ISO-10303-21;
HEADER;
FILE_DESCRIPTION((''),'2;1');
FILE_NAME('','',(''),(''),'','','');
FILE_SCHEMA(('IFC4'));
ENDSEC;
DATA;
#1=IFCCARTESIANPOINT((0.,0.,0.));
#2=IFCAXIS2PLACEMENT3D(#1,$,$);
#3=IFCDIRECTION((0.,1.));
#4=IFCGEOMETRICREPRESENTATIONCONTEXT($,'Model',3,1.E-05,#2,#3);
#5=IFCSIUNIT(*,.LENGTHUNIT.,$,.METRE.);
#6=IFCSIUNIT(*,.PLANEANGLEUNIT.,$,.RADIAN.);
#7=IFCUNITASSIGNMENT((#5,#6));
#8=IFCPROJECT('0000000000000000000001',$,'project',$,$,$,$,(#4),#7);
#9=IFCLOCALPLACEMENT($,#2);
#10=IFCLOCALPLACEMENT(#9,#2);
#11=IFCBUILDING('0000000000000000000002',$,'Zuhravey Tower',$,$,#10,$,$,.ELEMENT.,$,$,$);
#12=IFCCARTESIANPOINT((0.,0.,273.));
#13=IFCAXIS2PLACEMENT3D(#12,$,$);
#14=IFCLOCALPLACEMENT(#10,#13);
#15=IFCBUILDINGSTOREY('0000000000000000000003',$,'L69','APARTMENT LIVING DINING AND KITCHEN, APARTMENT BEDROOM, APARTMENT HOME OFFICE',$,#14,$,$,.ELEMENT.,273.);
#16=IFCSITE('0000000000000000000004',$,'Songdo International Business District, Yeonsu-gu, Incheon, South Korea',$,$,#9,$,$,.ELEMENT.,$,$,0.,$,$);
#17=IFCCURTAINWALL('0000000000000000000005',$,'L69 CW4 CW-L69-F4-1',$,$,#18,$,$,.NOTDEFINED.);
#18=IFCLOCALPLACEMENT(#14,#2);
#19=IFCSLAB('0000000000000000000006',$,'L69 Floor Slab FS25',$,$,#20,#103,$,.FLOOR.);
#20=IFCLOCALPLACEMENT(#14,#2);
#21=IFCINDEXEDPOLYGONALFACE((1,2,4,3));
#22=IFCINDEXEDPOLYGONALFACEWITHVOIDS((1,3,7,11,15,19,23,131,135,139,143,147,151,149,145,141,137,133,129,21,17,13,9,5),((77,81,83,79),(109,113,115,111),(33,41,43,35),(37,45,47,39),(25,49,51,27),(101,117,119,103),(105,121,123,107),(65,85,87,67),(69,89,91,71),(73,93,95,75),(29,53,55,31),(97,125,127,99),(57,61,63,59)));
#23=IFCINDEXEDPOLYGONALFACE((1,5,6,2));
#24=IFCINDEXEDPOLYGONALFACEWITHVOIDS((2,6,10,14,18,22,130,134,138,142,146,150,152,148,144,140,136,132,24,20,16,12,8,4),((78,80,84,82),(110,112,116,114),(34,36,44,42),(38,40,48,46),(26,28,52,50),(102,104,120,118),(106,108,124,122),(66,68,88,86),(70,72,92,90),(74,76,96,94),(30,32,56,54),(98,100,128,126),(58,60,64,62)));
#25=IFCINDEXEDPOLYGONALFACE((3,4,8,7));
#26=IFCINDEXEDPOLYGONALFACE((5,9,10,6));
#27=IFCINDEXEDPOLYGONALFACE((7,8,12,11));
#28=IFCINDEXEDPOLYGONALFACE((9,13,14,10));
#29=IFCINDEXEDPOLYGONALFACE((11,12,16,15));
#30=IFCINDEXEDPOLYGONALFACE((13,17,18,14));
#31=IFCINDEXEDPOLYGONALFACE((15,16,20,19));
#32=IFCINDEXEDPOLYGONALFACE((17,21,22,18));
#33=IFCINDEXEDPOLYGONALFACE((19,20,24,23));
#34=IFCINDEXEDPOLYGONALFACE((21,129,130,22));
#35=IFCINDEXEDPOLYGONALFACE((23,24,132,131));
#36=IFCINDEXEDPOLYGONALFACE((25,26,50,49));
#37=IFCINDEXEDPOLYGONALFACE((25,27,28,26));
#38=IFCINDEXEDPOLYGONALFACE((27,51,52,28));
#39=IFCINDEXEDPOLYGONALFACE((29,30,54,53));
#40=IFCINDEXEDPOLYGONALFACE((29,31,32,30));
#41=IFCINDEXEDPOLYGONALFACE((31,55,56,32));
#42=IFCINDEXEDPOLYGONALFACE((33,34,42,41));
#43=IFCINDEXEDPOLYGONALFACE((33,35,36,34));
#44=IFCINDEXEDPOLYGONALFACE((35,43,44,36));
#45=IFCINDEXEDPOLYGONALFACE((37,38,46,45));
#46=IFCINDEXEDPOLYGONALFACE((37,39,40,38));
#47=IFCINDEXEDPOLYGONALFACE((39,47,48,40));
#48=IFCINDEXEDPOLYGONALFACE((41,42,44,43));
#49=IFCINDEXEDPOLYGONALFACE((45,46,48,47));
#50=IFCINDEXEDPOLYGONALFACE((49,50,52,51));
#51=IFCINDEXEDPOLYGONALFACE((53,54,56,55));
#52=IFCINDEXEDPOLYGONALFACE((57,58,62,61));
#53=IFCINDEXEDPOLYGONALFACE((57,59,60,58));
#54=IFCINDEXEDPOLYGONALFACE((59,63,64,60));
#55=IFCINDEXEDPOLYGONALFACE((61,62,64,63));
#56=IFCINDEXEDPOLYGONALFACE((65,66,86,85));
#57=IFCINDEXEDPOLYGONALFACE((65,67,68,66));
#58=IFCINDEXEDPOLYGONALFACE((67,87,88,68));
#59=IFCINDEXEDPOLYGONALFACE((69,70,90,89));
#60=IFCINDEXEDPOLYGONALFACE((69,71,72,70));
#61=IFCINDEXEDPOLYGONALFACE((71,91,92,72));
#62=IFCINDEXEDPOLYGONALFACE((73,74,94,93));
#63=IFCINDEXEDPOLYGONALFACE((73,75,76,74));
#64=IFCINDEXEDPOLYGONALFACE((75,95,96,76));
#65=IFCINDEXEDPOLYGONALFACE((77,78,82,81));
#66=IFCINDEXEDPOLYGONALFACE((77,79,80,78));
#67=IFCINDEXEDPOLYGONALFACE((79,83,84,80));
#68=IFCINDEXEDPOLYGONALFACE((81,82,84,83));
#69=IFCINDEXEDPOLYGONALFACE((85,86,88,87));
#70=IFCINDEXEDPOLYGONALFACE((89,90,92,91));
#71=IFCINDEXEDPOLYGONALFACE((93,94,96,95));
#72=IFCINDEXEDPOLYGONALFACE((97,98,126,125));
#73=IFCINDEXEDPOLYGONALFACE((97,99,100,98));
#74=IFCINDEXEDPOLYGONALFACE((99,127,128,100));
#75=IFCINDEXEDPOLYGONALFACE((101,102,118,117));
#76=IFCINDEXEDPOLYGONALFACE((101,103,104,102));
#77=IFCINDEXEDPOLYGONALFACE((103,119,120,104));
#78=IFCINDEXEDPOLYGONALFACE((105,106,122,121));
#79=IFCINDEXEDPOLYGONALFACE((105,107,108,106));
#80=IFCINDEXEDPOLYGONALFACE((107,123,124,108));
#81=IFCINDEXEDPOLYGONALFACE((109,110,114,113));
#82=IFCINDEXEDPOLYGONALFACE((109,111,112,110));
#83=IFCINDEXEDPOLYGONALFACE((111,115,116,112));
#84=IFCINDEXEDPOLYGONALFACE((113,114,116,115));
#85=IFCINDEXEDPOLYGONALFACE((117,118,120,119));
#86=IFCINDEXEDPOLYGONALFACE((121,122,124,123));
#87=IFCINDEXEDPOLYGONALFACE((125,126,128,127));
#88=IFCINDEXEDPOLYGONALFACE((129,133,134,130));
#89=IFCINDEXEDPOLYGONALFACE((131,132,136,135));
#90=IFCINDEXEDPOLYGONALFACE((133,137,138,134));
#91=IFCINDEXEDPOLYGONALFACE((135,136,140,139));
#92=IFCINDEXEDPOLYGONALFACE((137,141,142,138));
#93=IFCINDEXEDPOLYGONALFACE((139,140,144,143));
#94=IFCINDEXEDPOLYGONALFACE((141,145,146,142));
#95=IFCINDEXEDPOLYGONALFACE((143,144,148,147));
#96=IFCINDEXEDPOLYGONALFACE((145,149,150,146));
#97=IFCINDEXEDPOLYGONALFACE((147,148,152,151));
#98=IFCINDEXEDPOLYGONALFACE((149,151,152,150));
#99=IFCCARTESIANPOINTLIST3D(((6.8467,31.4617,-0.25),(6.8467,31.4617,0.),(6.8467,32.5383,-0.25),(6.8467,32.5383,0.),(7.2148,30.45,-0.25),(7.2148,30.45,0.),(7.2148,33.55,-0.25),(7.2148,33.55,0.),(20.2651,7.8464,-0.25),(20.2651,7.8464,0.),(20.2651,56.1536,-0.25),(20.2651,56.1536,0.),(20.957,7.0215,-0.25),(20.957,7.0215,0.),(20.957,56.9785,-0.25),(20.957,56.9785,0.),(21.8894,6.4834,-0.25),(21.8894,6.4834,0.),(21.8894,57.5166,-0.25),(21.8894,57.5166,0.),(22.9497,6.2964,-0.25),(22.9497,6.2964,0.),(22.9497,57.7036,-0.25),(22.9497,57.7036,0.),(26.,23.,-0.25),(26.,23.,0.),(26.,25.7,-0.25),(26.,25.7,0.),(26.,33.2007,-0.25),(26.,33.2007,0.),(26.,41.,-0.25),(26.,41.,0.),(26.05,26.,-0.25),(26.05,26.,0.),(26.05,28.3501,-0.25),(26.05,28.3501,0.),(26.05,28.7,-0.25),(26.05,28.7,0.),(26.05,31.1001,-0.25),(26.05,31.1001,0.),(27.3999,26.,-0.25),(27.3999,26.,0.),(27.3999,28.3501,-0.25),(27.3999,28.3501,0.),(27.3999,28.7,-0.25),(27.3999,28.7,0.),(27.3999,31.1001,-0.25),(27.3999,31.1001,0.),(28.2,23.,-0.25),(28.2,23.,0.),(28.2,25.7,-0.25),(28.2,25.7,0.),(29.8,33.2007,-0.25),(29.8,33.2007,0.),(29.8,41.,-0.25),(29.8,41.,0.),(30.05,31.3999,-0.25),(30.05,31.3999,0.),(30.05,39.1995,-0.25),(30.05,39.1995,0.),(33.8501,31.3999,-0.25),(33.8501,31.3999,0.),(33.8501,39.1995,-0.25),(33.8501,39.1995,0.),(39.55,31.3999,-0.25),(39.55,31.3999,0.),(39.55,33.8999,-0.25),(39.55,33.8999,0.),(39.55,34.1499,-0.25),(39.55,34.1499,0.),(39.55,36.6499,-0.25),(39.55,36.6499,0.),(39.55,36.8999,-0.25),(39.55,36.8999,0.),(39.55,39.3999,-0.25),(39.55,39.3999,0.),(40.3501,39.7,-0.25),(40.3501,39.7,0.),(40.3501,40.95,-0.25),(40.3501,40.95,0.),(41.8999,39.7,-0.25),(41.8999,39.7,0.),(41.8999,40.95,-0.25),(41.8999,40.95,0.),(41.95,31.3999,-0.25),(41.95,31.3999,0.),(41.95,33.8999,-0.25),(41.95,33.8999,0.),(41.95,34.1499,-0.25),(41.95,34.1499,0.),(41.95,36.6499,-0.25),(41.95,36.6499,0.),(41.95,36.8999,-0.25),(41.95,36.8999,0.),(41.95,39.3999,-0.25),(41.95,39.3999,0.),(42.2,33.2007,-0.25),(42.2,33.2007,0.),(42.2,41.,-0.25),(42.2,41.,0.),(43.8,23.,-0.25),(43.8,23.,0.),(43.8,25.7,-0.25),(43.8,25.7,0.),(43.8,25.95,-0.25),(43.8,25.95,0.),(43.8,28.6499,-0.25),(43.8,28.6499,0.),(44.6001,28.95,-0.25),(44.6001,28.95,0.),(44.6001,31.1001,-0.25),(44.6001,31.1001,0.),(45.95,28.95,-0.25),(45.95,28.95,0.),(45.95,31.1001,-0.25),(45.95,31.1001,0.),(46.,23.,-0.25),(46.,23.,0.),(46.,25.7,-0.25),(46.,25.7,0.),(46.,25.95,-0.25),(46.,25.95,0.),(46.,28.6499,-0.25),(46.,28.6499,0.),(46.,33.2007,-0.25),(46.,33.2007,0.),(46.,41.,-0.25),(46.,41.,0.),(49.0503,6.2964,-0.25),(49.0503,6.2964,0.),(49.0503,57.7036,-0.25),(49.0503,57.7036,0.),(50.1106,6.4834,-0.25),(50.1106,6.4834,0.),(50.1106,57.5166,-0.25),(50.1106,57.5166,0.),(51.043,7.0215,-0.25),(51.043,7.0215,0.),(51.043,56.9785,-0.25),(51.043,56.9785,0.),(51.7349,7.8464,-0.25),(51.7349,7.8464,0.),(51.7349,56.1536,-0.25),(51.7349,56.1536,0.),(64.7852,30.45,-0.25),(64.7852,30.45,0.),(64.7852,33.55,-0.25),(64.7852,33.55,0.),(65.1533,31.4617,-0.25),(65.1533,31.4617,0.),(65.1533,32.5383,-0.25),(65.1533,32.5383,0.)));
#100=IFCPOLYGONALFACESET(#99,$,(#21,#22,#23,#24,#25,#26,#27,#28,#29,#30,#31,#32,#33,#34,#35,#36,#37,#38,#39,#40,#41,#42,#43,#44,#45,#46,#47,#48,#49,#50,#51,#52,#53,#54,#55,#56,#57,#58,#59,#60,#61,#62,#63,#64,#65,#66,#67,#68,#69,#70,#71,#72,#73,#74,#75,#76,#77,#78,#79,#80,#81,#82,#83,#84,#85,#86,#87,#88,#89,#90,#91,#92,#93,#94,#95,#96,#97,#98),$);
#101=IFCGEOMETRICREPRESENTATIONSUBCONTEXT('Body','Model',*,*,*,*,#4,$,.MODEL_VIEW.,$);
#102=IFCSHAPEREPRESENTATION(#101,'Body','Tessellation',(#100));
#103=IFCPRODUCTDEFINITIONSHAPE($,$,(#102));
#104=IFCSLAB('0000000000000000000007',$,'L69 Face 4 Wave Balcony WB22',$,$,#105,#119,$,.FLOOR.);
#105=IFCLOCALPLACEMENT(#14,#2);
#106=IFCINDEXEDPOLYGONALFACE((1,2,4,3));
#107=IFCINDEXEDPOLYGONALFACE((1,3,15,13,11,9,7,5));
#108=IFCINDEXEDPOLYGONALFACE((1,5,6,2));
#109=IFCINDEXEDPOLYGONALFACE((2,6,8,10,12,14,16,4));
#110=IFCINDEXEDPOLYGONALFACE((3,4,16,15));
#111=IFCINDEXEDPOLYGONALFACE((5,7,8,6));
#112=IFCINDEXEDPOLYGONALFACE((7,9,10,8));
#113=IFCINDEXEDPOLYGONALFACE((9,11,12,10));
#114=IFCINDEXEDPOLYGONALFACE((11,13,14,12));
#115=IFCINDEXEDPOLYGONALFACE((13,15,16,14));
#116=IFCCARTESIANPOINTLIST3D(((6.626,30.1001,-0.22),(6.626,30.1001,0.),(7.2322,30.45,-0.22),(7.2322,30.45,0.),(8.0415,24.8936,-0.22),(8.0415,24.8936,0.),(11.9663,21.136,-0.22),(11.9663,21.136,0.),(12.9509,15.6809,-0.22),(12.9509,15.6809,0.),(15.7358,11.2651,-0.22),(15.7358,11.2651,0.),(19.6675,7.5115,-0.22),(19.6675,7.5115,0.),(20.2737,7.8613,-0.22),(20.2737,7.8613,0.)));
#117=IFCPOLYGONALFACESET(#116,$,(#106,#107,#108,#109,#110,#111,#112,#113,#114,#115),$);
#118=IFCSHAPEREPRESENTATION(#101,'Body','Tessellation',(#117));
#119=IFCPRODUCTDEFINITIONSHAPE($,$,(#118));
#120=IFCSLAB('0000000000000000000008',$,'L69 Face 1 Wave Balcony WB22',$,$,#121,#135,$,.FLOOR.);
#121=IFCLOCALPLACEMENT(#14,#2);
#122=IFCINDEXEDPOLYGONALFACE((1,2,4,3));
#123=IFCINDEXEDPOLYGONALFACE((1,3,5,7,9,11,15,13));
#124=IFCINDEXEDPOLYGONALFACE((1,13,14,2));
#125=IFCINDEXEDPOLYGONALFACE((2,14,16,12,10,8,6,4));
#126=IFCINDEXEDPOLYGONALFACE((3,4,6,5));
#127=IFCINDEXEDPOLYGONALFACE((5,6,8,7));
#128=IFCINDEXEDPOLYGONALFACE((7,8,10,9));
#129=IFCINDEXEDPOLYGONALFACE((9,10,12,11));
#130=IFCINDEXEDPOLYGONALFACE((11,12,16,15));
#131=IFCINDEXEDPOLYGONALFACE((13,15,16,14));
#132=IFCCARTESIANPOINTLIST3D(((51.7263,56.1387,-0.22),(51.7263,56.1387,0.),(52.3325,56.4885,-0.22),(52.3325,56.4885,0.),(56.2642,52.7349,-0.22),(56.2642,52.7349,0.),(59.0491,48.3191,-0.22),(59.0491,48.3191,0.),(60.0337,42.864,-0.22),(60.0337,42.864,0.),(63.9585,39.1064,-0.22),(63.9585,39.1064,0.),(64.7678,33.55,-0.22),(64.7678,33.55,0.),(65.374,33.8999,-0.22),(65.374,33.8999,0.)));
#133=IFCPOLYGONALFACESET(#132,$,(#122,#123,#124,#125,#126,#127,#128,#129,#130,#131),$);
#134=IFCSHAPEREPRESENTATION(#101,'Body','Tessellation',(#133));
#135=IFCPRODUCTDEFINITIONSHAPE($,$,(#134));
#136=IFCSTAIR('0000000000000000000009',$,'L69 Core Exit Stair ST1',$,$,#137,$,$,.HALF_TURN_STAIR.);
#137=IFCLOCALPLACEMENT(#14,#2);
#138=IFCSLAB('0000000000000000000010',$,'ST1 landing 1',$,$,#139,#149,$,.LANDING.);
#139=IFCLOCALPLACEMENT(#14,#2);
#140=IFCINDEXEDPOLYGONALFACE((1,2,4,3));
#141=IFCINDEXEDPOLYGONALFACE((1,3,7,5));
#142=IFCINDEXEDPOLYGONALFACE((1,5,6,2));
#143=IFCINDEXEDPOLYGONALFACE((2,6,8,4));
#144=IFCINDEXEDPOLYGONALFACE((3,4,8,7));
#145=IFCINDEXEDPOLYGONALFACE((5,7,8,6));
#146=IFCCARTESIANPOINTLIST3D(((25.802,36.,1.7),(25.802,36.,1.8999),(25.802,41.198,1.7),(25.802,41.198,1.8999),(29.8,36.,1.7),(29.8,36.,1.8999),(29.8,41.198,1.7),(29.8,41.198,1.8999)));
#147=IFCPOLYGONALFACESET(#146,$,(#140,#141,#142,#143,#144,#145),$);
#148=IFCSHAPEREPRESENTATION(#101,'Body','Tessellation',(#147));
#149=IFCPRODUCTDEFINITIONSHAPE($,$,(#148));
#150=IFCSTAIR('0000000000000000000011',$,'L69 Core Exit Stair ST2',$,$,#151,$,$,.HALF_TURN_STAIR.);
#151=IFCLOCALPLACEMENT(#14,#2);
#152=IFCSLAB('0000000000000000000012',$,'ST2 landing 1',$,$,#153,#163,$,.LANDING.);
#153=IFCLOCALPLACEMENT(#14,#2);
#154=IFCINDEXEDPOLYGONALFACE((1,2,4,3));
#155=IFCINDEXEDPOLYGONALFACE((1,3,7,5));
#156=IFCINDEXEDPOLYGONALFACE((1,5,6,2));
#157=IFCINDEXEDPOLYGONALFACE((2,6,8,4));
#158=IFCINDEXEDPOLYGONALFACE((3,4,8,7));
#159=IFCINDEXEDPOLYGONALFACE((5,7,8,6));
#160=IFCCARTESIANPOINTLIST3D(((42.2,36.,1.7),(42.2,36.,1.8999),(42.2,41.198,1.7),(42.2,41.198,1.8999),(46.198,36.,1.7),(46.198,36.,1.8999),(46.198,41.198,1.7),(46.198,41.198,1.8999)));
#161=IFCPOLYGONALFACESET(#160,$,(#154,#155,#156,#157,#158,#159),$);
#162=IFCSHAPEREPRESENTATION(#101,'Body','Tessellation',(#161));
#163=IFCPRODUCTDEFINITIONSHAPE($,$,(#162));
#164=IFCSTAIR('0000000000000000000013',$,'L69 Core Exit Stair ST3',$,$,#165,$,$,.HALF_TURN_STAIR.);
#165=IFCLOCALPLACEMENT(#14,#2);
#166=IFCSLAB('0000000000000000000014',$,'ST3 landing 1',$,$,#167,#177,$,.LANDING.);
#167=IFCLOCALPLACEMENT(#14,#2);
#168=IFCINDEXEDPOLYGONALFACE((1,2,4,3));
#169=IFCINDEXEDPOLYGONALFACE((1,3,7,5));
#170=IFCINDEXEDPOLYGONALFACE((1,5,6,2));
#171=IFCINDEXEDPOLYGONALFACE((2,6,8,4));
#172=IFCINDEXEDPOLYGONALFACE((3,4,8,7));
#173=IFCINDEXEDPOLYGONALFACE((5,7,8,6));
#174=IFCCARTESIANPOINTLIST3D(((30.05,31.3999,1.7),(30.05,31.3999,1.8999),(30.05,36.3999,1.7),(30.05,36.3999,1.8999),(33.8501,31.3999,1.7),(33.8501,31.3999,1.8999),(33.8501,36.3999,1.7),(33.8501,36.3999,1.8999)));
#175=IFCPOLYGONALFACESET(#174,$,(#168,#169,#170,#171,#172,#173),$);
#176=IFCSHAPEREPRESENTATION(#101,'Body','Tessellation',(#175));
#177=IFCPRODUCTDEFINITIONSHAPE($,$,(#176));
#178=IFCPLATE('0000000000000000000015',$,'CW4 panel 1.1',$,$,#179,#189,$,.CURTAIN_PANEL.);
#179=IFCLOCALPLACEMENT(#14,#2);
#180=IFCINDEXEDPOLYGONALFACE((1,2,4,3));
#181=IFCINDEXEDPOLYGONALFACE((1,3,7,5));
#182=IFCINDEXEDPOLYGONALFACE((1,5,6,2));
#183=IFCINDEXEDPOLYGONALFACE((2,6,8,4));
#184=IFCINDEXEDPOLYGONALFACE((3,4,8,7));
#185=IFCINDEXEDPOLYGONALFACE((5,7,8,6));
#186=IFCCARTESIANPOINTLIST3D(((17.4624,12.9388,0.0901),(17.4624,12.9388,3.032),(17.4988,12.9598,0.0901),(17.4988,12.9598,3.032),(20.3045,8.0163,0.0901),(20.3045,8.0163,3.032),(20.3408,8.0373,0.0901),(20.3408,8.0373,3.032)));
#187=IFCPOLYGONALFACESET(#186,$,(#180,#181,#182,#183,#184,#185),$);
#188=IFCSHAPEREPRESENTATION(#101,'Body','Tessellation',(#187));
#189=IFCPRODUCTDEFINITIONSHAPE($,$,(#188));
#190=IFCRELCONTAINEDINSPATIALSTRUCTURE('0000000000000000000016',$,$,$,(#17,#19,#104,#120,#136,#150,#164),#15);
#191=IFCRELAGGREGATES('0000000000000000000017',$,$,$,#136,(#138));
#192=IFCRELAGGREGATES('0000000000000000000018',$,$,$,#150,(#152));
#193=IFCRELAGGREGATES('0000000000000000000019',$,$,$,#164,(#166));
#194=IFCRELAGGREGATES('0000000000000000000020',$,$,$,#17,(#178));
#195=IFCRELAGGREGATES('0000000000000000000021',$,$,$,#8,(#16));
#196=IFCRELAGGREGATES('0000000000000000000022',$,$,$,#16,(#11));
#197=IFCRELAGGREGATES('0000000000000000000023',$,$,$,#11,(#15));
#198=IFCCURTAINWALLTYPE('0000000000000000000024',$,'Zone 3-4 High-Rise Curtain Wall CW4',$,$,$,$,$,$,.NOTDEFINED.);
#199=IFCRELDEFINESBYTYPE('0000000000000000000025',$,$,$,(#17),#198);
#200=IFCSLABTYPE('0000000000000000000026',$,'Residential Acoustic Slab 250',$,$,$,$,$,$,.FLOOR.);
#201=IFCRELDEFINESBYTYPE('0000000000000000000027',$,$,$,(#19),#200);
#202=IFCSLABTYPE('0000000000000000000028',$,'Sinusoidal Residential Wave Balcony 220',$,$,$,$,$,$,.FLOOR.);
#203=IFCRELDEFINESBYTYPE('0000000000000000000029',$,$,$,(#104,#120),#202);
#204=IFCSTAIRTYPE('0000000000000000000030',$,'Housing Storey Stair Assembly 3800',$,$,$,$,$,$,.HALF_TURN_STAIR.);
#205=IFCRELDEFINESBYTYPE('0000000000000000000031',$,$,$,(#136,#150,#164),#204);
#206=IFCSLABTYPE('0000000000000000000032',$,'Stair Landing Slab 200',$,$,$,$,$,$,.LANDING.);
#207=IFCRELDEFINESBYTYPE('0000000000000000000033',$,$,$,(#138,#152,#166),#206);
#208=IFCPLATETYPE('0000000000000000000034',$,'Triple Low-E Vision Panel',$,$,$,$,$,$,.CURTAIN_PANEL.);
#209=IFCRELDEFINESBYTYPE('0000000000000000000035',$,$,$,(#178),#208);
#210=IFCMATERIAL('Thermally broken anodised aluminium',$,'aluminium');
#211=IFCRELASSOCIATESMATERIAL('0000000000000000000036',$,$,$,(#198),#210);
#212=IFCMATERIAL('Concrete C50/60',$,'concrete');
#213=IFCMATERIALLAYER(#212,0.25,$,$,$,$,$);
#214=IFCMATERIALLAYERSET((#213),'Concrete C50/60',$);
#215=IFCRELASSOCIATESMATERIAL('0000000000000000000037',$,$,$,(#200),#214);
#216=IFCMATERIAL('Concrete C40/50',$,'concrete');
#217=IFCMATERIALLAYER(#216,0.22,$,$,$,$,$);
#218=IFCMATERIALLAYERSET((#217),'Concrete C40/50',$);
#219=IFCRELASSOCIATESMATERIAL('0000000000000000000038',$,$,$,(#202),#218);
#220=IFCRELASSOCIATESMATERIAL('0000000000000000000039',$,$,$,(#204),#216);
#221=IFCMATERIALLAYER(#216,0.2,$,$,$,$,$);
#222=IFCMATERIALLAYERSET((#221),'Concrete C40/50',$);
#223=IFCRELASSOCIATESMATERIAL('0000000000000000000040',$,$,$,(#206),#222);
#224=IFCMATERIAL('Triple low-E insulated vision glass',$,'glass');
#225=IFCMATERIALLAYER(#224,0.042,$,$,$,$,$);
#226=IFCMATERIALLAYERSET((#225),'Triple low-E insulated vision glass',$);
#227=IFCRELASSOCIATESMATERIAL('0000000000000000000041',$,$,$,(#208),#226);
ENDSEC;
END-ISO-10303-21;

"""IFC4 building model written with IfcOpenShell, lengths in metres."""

from ifc_helpers import new_model, si_unit, direction, frame, origin, origin_2d, place, context, subcontext, project, spatial, polyline, rectangle, outline, extrude, material, layer, layer_set, type_object, element, aggregate, save


model = new_model("IFC4")

# Units and contexts
model_context = context("Model", 3, precision=1e-05, world=origin(), true_north=direction((0.0, 1.0)))
body_context = subcontext(model_context, "Body", "Model", "MODEL_VIEW")
ifc_project = project(units=[si_unit("LENGTHUNIT", "METRE"), si_unit("PLANEANGLEUNIT", "RADIAN")], contexts=[model_context])

# Site, building, storey
site_placement = place(None, origin())
site = spatial("IfcSite", under=ifc_project, at=site_placement, Name="Songdo International Business District, Yeonsu-gu, Incheon, South Korea", CompositionType="ELEMENT", RefElevation=0.0)
building_placement = place(site_placement, origin())
building = spatial("IfcBuilding", under=site, at=building_placement, Name="Zuhravey Tower", CompositionType="ELEMENT")
storey_placement = place(building_placement, frame((0.0, 0.0, 273.0)))
storey = spatial("IfcBuildingStorey", under=building, at=storey_placement, Name="L69", Description="APARTMENT LIVING DINING AND KITCHEN, APARTMENT BEDROOM, APARTMENT HOME OFFICE", CompositionType="ELEMENT", Elevation=273.0)

# Shared definitions
ifc_material_1 = material(Name="Concrete C50/60", Category="concrete")

# Curtain wall
ifc_material_2 = material(Name="Thermally broken anodised aluminium", Category="aluminium")
curtain_wall_type = type_object("IfcCurtainWallType", Name="Zone 3-4 High-Rise Curtain Wall CW4", PredefinedType="NOTDEFINED", material=ifc_material_2)
curtain_wall_placement = place(storey_placement, origin())
curtain_wall = element("IfcCurtainWall", 1, at=curtain_wall_placement, inside=storey, type_object=curtain_wall_type, Name="L69 CW4 CW-L69-F4-1", PredefinedType="NOTDEFINED")

# Slabs
ifc_layer_1 = layer(ifc_material_1, 0.25)
ifc_layer_set_1 = layer_set([ifc_layer_1], Name="Concrete C50/60")
slab_type_1 = type_object("IfcSlabType", Name="Residential Acoustic Slab 250", PredefinedType="FLOOR", material=ifc_layer_set_1)
slab_1_placement = place(storey_placement, frame((0.0, 0.0, -0.25)))
element("IfcSlab", 2, at=slab_1_placement, inside=storey, type_object=slab_type_1, Name="L69 Floor Slab FS25", PredefinedType="FLOOR", context=body_context, shape_type="SweptSolid", body=[
    extrude(outline(polyline([(64.7852, 30.45), (65.1533, 31.4617), (65.1533, 32.5383), (64.7852, 33.55), (51.7349, 56.1536), (51.043, 56.9785), (50.1106, 57.5166), (49.0503, 57.7036), (22.9497, 57.7036), (21.8894, 57.5166), (20.957, 56.9785), (20.2651, 56.1536), (7.2148, 33.55), (6.8467, 32.5383), (6.8467, 31.4617), (7.2148, 30.45), (20.2651, 7.8464), (20.957, 7.0215), (21.8894, 6.4834), (22.9497, 6.2964), (49.0503, 6.2964), (50.1106, 6.4834), (51.043, 7.0215), (51.7349, 7.8464), (64.7852, 30.45)]), holes=[polyline([(29.8, 33.2007), (29.8, 41.0), (26.0, 41.0), (26.0, 33.2007), (29.8, 33.2007)]), polyline([(46.0, 33.2007), (46.0, 41.0), (42.2, 41.0), (42.2, 33.2007), (46.0, 33.2007)]), polyline([(30.05, 39.1995), (30.05, 31.3999), (33.8501, 31.3999), (33.8501, 39.1995), (30.05, 39.1995)]), polyline([(39.55, 31.3999), (41.95, 31.3999), (41.95, 33.8999), (39.55, 33.8999), (39.55, 31.3999)]), polyline([(39.55, 34.1499), (41.95, 34.1499), (41.95, 36.6499), (39.55, 36.6499), (39.55, 34.1499)]), polyline([(39.55, 36.8999), (41.95, 36.8999), (41.95, 39.3999), (39.55, 39.3999), (39.55, 36.8999)]), polyline([(26.0, 23.0), (28.2, 23.0), (28.2, 25.7), (26.0, 25.7), (26.0, 23.0)]), polyline([(43.8, 23.0), (46.0, 23.0), (46.0, 25.7), (43.8, 25.7), (43.8, 23.0)]), polyline([(43.8, 25.95), (46.0, 25.95), (46.0, 28.6499), (43.8, 28.6499), (43.8, 25.95)]), polyline([(26.05, 26.0), (27.3999, 26.0), (27.3999, 28.3501), (26.05, 28.3501), (26.05, 26.0)]), polyline([(26.05, 28.7), (27.3999, 28.7), (27.3999, 31.1001), (26.05, 31.1001), (26.05, 28.7)]), polyline([(44.6001, 28.95), (45.95, 28.95), (45.95, 31.1001), (44.6001, 31.1001), (44.6001, 28.95)]), polyline([(40.3501, 39.7), (41.8999, 39.7), (41.8999, 40.95), (40.3501, 40.95), (40.3501, 39.7)])]), origin(), (0.0, 0.0, 1.0), 0.25),
])
ifc_material_3 = material(Name="Concrete C40/50", Category="concrete")
ifc_layer_2 = layer(ifc_material_3, 0.22)
ifc_layer_set_2 = layer_set([ifc_layer_2], Name="Concrete C40/50")
slab_type_2 = type_object("IfcSlabType", Name="Sinusoidal Residential Wave Balcony 220", PredefinedType="FLOOR", material=ifc_layer_set_2)
slab_2_placement = place(storey_placement, frame((0.0, 0.0, -0.22)))
element("IfcSlab", 3, at=slab_2_placement, inside=storey, type_object=slab_type_2, Name="L69 Face 4 Wave Balcony WB22", PredefinedType="FLOOR", context=body_context, shape_type="SweptSolid", body=[
    extrude(outline(polyline([(7.2322, 30.45), (20.2737, 7.8613), (19.6675, 7.5115), (15.7358, 11.2651), (12.9509, 15.6809), (11.9663, 21.136), (8.0415, 24.8936), (6.626, 30.1001), (7.2322, 30.45)])), origin(), (0.0, 0.0, 1.0), 0.22),
])
slab_3_placement = place(storey_placement, frame((0.0, 0.0, -0.22)))
element("IfcSlab", 4, at=slab_3_placement, inside=storey, type_object=slab_type_2, Name="L69 Face 1 Wave Balcony WB22", PredefinedType="FLOOR", context=body_context, shape_type="SweptSolid", body=[
    extrude(outline(polyline([(64.7678, 33.55), (51.7263, 56.1387), (52.3325, 56.4885), (56.2642, 52.7349), (59.0491, 48.3191), (60.0337, 42.864), (63.9585, 39.1064), (65.374, 33.8999), (64.7678, 33.55)])), origin(), (0.0, 0.0, 1.0), 0.22),
])

# Stairs, slabs
stair_type = type_object("IfcStairType", Name="Housing Storey Stair Assembly 3800", PredefinedType="HALF_TURN_STAIR", material=ifc_material_3)
stair_1_placement = place(storey_placement, origin())
stair_1 = element("IfcStair", 5, at=stair_1_placement, inside=storey, type_object=stair_type, Name="L69 Core Exit Stair ST1", PredefinedType="HALF_TURN_STAIR")
ifc_layer_3 = layer(ifc_material_3, 0.2)
ifc_layer_set_3 = layer_set([ifc_layer_3], Name="Concrete C40/50")
slab_type_3 = type_object("IfcSlabType", Name="Stair Landing Slab 200", PredefinedType="LANDING", material=ifc_layer_set_3)
slab_4_placement = place(storey_placement, frame((0.0, 0.0, 1.7)))
slab_4 = element("IfcSlab", 6, at=slab_4_placement, type_object=slab_type_3, Name="ST1 landing 1", PredefinedType="LANDING", context=body_context, shape_type="SweptSolid", body=[
    extrude(outline(polyline([(29.8, 36.0), (29.8, 41.198), (25.802, 41.198), (25.802, 36.0), (29.8, 36.0)])), origin(), (0.0, 0.0, 1.0), 0.2),
])
aggregate(stair_1, [slab_4])
stair_2_placement = place(storey_placement, origin())
stair_2 = element("IfcStair", 7, at=stair_2_placement, inside=storey, type_object=stair_type, Name="L69 Core Exit Stair ST2", PredefinedType="HALF_TURN_STAIR")
slab_5_placement = place(storey_placement, frame((0.0, 0.0, 1.7)))
slab_5 = element("IfcSlab", 8, at=slab_5_placement, type_object=slab_type_3, Name="ST2 landing 1", PredefinedType="LANDING", context=body_context, shape_type="SweptSolid", body=[
    extrude(outline(polyline([(46.198, 36.0), (46.198, 41.198), (42.2, 41.198), (42.2, 36.0), (46.198, 36.0)])), origin(), (0.0, 0.0, 1.0), 0.2),
])
aggregate(stair_2, [slab_5])
stair_3_placement = place(storey_placement, origin())
stair_3 = element("IfcStair", 9, at=stair_3_placement, inside=storey, type_object=stair_type, Name="L69 Core Exit Stair ST3", PredefinedType="HALF_TURN_STAIR")
slab_6_placement = place(storey_placement, frame((0.0, 0.0, 1.7)))
slab_6 = element("IfcSlab", 10, at=slab_6_placement, type_object=slab_type_3, Name="ST3 landing 1", PredefinedType="LANDING", context=body_context, shape_type="SweptSolid", body=[
    extrude(outline(polyline([(30.05, 36.3999), (30.05, 31.3999), (33.8501, 31.3999), (33.8501, 36.3999), (30.05, 36.3999)])), origin(), (0.0, 0.0, 1.0), 0.2),
])
aggregate(stair_3, [slab_6])

# Plate
ifc_material_4 = material(Name="Triple low-E insulated vision glass", Category="glass")
ifc_layer_4 = layer(ifc_material_4, 0.042)
ifc_layer_set_4 = layer_set([ifc_layer_4], Name="Triple low-E insulated vision glass")
plate_type = type_object("IfcPlateType", Name="Triple Low-E Vision Panel", PredefinedType="CURTAIN_PANEL", material=ifc_layer_set_4)
plate_1_placement = place(storey_placement, frame((18.9016, 10.488, 0.0901), z_axis=(0.0, 0.0, 1.0), x_axis=(-0.500003, 0.866024, 0.0)))
plate_1 = element("IfcPlate", 11, at=plate_1_placement, type_object=plate_type, Name="CW4 panel 1.1", PredefinedType="CURTAIN_PANEL", context=body_context, shape_type="SweptSolid", body=[
    extrude(rectangle(XDim=5.6841, YDim=0.042, at=origin_2d()), origin(), (0.0, 0.0, 1.0), 2.9419),
])
aggregate(curtain_wall, [plate_1])

save(model, "model.ifc")
